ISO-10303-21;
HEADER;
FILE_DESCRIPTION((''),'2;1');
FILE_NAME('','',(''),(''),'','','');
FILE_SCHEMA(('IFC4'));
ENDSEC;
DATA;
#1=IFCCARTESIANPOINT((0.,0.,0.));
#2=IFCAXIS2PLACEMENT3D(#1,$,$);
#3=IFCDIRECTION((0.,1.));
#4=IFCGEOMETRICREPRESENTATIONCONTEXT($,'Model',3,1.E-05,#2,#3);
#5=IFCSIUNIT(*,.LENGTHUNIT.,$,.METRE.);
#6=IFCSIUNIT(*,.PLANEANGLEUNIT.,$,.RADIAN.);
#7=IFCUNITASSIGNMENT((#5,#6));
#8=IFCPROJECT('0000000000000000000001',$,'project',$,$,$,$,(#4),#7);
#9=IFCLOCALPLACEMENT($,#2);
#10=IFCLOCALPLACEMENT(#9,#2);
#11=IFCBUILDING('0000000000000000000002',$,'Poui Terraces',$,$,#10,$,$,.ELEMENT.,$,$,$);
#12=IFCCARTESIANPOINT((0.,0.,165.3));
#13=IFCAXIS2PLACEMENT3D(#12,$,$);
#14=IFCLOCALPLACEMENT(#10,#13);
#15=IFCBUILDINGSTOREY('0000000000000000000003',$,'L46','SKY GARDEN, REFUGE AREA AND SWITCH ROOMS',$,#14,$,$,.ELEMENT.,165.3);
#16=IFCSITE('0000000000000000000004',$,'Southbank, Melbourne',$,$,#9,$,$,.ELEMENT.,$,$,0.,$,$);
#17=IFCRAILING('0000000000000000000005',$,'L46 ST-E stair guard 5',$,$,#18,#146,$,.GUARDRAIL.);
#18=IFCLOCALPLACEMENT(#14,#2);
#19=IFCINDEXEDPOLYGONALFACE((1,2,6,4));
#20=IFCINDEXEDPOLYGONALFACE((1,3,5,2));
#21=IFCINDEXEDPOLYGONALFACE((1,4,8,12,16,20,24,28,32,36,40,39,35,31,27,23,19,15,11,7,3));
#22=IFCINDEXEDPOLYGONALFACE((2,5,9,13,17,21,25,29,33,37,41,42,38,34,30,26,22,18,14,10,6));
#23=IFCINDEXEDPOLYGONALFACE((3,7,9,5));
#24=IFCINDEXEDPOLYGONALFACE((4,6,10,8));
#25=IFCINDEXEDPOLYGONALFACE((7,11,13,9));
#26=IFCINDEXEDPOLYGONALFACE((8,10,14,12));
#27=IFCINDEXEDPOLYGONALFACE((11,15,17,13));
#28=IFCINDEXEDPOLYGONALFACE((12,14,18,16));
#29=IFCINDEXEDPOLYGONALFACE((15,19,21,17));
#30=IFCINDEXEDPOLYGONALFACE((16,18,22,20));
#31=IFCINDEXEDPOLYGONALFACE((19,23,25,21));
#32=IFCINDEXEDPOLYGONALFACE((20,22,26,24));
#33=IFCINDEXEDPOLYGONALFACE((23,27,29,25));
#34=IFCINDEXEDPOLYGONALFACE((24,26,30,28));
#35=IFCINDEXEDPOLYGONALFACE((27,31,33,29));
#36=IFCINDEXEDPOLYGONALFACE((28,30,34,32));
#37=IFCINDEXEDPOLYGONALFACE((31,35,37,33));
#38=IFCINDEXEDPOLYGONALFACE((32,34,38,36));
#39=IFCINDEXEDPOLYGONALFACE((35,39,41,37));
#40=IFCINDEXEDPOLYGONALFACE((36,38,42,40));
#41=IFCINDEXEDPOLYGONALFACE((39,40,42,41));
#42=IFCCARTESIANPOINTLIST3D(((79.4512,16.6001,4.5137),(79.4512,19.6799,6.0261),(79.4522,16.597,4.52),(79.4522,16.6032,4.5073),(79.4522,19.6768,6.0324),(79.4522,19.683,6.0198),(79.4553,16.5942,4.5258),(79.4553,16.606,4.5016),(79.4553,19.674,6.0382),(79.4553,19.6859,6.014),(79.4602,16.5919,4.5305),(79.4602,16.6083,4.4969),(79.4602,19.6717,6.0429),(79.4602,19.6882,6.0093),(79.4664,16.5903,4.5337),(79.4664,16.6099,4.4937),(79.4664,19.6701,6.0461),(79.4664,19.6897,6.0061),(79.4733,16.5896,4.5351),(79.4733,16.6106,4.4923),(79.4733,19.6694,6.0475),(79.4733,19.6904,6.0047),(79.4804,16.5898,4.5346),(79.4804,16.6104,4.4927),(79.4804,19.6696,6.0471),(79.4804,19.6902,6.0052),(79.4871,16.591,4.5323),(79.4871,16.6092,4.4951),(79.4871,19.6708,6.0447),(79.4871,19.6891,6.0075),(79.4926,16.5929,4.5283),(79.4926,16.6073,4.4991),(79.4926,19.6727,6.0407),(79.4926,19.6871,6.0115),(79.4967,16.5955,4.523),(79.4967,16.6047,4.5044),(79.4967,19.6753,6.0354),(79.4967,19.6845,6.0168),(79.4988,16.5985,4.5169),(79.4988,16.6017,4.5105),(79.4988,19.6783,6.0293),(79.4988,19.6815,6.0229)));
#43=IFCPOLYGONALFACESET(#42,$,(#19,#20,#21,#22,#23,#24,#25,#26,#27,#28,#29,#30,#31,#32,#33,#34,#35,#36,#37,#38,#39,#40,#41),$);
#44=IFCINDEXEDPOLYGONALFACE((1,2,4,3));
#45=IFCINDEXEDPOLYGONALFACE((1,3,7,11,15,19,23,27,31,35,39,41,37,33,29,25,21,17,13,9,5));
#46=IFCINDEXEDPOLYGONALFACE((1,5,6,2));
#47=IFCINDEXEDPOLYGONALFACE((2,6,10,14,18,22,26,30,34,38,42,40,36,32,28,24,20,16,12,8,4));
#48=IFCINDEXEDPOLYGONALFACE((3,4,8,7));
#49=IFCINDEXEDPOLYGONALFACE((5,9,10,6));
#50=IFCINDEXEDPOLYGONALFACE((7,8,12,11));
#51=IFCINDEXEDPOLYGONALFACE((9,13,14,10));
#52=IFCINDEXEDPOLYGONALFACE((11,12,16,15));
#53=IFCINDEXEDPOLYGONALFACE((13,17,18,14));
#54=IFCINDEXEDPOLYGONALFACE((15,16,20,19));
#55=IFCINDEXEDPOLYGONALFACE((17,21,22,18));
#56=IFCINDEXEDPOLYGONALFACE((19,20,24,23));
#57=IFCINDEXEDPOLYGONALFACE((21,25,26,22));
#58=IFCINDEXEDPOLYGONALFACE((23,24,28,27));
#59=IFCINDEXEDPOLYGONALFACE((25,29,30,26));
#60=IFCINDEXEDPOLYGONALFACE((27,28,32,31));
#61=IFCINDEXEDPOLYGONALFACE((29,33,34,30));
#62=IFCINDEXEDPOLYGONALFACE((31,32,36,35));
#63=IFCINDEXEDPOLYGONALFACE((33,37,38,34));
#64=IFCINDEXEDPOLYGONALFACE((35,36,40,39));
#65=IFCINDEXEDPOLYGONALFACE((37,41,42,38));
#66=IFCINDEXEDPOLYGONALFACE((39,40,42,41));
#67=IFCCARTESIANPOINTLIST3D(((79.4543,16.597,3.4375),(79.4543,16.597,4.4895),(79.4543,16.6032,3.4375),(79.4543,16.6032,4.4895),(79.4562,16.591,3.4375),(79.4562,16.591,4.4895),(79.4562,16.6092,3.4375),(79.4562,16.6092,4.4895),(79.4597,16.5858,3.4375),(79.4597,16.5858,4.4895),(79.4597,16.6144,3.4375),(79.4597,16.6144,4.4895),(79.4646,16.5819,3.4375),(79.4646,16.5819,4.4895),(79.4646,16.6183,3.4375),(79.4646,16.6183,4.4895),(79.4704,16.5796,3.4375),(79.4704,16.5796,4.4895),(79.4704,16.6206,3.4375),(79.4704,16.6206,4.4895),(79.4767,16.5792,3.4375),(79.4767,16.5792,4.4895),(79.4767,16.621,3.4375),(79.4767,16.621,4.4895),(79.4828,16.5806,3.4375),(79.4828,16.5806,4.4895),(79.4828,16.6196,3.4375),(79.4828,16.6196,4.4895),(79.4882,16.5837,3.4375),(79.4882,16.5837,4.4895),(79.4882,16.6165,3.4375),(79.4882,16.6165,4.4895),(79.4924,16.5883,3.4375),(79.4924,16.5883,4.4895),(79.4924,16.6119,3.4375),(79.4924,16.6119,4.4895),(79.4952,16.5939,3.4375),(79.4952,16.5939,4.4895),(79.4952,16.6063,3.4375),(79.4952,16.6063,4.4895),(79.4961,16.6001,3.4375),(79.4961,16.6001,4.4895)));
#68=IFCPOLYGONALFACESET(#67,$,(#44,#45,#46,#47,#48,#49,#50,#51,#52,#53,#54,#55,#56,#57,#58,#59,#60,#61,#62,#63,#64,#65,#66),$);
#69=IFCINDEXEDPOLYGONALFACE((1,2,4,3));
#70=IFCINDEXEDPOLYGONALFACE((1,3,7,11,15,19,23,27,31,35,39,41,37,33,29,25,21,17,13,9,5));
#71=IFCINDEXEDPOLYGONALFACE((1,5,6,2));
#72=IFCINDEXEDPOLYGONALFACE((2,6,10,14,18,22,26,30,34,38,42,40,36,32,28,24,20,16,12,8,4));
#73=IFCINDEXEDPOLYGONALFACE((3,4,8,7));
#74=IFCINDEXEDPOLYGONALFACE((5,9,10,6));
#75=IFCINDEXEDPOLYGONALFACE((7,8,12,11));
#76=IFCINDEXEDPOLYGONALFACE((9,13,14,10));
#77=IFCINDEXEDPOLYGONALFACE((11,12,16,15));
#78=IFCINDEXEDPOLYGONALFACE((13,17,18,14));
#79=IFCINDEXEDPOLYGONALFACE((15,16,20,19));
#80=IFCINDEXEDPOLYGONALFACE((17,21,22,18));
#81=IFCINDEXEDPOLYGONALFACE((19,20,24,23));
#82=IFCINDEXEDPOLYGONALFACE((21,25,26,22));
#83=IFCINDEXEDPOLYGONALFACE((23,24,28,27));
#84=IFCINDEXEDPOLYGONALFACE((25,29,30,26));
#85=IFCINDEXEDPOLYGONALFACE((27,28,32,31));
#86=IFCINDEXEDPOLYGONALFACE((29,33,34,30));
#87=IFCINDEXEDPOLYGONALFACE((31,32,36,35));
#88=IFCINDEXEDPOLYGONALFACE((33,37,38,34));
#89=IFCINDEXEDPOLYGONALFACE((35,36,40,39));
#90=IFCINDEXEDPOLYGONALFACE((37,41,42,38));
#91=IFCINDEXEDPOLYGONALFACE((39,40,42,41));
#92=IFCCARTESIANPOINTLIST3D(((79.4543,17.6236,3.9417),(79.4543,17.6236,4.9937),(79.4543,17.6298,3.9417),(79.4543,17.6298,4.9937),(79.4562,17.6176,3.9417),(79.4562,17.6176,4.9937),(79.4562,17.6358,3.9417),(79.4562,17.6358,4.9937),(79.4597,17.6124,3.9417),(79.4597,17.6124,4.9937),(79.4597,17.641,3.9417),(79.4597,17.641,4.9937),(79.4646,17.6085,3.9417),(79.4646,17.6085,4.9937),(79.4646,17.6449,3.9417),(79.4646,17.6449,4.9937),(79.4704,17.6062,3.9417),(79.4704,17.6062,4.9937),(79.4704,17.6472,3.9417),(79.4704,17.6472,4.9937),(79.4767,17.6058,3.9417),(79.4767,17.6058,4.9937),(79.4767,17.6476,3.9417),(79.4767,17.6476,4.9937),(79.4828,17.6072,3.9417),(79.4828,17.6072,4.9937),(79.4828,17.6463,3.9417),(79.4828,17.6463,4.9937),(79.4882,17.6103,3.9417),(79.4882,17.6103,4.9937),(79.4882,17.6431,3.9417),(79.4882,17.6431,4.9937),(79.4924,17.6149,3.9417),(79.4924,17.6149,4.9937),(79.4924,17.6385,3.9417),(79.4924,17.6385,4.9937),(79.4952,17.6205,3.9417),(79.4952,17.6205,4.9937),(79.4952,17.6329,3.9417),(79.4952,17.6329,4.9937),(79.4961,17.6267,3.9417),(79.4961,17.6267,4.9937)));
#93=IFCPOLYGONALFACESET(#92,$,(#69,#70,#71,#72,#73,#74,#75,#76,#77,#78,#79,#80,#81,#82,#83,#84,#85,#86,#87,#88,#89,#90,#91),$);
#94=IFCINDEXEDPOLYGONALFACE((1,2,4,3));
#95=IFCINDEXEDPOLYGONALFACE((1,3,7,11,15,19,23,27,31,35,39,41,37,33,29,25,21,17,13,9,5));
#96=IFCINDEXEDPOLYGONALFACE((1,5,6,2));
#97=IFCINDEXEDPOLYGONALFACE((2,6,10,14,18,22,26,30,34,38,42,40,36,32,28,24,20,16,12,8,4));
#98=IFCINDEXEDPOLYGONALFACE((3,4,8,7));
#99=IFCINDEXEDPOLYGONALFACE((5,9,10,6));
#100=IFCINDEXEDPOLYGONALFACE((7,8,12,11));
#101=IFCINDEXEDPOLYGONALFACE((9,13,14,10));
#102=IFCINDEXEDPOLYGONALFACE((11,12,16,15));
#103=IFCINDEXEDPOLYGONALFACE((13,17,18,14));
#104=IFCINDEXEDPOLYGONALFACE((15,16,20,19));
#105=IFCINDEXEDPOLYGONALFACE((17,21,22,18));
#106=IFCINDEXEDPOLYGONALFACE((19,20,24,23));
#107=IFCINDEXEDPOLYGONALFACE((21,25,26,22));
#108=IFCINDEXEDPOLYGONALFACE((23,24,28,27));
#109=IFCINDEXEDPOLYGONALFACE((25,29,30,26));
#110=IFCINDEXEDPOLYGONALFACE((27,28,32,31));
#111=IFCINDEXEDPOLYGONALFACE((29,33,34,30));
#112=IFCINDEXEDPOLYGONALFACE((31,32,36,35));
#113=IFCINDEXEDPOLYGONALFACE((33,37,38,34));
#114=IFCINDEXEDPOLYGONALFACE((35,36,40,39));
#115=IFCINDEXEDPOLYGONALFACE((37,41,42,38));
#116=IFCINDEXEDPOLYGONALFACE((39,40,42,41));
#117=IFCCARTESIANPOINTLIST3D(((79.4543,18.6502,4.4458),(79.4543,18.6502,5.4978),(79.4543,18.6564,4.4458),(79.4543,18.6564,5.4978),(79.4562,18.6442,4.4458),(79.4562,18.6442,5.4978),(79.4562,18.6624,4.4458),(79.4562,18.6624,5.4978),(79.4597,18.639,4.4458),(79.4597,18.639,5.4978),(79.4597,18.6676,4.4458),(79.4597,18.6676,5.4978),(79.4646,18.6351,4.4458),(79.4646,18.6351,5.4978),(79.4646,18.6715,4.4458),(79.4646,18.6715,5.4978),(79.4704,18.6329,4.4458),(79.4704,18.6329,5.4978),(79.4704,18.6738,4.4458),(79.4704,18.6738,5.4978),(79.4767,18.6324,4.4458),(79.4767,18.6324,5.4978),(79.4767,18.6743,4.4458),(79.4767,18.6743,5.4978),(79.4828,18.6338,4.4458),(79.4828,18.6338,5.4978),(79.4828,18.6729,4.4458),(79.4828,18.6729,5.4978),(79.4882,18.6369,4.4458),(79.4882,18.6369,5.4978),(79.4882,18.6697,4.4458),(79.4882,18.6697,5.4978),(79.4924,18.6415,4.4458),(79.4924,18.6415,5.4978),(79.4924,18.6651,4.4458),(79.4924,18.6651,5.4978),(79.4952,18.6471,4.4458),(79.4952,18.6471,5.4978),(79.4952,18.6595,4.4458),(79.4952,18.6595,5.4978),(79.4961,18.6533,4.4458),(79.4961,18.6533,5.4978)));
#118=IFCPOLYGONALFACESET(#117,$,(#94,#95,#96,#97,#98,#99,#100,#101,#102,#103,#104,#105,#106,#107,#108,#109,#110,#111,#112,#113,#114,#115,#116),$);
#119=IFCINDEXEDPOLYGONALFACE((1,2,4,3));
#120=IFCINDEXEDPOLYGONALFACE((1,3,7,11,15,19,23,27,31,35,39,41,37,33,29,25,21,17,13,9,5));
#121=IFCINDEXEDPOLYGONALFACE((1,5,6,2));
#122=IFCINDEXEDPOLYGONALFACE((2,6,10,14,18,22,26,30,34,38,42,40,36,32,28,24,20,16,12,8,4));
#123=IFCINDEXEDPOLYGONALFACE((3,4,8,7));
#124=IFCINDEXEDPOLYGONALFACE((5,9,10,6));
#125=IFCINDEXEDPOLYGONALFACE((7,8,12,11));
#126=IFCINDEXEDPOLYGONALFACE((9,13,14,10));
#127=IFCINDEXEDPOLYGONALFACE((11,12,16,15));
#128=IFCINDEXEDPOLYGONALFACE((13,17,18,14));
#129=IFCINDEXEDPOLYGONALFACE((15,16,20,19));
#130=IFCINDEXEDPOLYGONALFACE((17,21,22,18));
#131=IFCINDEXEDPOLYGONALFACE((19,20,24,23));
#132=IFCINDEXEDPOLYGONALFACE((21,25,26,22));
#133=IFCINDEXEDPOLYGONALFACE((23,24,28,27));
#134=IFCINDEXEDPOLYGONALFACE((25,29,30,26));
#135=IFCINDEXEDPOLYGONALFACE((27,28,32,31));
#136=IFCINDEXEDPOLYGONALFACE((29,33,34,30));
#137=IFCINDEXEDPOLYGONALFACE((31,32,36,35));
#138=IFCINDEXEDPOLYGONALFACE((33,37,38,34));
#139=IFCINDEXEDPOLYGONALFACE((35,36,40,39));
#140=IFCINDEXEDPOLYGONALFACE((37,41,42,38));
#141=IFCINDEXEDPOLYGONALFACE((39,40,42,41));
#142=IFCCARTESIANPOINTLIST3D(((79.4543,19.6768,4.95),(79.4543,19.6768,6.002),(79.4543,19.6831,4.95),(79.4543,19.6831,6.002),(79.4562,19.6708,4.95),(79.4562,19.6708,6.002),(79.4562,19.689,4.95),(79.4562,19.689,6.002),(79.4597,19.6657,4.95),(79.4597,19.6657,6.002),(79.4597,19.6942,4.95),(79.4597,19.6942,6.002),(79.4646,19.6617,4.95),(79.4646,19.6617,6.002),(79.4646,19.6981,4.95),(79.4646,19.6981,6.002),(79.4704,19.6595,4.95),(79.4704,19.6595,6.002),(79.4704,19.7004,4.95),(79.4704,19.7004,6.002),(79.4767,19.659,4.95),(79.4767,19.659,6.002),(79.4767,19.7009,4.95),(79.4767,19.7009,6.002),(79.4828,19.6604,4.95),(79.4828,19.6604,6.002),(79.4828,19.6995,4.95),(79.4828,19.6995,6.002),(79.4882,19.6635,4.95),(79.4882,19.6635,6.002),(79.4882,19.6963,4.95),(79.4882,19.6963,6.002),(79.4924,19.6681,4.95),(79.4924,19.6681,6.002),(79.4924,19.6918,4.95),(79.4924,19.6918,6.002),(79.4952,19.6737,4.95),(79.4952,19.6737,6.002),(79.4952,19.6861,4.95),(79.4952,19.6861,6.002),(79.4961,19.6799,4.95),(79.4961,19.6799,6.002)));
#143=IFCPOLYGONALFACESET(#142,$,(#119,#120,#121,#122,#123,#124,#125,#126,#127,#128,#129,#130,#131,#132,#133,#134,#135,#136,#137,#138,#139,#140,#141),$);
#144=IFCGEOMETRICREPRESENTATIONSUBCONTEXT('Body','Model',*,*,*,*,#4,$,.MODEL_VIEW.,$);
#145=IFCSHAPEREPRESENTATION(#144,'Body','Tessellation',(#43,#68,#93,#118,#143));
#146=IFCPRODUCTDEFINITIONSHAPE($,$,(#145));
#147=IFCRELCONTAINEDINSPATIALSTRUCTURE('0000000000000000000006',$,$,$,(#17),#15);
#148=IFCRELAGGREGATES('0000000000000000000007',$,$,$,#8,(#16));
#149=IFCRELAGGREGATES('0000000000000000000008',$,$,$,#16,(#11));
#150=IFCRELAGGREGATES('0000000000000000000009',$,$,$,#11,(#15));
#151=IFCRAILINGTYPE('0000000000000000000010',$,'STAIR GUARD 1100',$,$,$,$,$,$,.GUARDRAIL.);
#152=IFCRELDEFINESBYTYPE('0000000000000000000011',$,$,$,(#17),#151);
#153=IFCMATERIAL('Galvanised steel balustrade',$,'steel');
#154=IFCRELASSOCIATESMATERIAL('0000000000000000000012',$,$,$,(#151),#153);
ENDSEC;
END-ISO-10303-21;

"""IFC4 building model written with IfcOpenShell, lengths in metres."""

from ifc_helpers import new_model, si_unit, direction, frame, origin, origin_2d, place, context, subcontext, project, spatial, circle, extrude, material, type_object, element, save


model = new_model("IFC4")

# Units and contexts
model_context = context("Model", 3, precision=1e-05, world=origin(), true_north=direction((0.0, 1.0)))
body_context = subcontext(model_context, "Body", "Model", "MODEL_VIEW")
ifc_project = project(units=[si_unit("LENGTHUNIT", "METRE"), si_unit("PLANEANGLEUNIT", "RADIAN")], contexts=[model_context])

# Site, building, storey
site_placement = place(None, origin())
site = spatial("IfcSite", under=ifc_project, at=site_placement, Name="Southbank, Melbourne", CompositionType="ELEMENT", RefElevation=0.0)
building_placement = place(site_placement, origin())
building = spatial("IfcBuilding", under=site, at=building_placement, Name="Poui Terraces", CompositionType="ELEMENT")
storey_placement = place(building_placement, frame((0.0, 0.0, 165.3)))
storey = spatial("IfcBuildingStorey", under=building, at=storey_placement, Name="L46", Description="SKY GARDEN, REFUGE AREA AND SWITCH ROOMS", CompositionType="ELEMENT", Elevation=165.3)

# Railing
ifc_material_1 = material(Name="Galvanised steel balustrade", Category="steel")
railing_type_1 = type_object("IfcRailingType", Name="STAIR GUARD 1100", PredefinedType="GUARDRAIL", material=ifc_material_1)
railing_1_placement = place(storey_placement, frame((79.4751, 16.6001, 3.4375)))
element("IfcRailing", 1, at=railing_1_placement, inside=storey, type_object=railing_type_1, Name="L46 ST-E stair guard 5", PredefinedType="GUARDRAIL", context=body_context, shape_type="SweptSolid", body=[
    extrude(circle(Radius=0.0239, at=origin_2d()), frame((0.0, 0.0, 1.0762), z_axis=(0.0, 0.897606, 0.440798), x_axis=(-1.0, 0.0, 0.0)), (0.0, 0.0, 1.0), 3.4312),
    extrude(circle(Radius=0.021, at=origin_2d()), origin(), (0.0, 0.0, 1.0), 1.052),
    extrude(circle(Radius=0.021, at=origin_2d()), frame((0.0, 1.0266, 0.5042)), (0.0, 0.0, 1.0), 1.052),
    extrude(circle(Radius=0.021, at=origin_2d()), frame((0.0, 2.0532, 1.0083)), (0.0, 0.0, 1.0), 1.052),
    extrude(circle(Radius=0.021, at=origin_2d()), frame((0.0, 3.0798, 1.5125)), (0.0, 0.0, 1.0), 1.052),
])

save(model, "model.ifc")
